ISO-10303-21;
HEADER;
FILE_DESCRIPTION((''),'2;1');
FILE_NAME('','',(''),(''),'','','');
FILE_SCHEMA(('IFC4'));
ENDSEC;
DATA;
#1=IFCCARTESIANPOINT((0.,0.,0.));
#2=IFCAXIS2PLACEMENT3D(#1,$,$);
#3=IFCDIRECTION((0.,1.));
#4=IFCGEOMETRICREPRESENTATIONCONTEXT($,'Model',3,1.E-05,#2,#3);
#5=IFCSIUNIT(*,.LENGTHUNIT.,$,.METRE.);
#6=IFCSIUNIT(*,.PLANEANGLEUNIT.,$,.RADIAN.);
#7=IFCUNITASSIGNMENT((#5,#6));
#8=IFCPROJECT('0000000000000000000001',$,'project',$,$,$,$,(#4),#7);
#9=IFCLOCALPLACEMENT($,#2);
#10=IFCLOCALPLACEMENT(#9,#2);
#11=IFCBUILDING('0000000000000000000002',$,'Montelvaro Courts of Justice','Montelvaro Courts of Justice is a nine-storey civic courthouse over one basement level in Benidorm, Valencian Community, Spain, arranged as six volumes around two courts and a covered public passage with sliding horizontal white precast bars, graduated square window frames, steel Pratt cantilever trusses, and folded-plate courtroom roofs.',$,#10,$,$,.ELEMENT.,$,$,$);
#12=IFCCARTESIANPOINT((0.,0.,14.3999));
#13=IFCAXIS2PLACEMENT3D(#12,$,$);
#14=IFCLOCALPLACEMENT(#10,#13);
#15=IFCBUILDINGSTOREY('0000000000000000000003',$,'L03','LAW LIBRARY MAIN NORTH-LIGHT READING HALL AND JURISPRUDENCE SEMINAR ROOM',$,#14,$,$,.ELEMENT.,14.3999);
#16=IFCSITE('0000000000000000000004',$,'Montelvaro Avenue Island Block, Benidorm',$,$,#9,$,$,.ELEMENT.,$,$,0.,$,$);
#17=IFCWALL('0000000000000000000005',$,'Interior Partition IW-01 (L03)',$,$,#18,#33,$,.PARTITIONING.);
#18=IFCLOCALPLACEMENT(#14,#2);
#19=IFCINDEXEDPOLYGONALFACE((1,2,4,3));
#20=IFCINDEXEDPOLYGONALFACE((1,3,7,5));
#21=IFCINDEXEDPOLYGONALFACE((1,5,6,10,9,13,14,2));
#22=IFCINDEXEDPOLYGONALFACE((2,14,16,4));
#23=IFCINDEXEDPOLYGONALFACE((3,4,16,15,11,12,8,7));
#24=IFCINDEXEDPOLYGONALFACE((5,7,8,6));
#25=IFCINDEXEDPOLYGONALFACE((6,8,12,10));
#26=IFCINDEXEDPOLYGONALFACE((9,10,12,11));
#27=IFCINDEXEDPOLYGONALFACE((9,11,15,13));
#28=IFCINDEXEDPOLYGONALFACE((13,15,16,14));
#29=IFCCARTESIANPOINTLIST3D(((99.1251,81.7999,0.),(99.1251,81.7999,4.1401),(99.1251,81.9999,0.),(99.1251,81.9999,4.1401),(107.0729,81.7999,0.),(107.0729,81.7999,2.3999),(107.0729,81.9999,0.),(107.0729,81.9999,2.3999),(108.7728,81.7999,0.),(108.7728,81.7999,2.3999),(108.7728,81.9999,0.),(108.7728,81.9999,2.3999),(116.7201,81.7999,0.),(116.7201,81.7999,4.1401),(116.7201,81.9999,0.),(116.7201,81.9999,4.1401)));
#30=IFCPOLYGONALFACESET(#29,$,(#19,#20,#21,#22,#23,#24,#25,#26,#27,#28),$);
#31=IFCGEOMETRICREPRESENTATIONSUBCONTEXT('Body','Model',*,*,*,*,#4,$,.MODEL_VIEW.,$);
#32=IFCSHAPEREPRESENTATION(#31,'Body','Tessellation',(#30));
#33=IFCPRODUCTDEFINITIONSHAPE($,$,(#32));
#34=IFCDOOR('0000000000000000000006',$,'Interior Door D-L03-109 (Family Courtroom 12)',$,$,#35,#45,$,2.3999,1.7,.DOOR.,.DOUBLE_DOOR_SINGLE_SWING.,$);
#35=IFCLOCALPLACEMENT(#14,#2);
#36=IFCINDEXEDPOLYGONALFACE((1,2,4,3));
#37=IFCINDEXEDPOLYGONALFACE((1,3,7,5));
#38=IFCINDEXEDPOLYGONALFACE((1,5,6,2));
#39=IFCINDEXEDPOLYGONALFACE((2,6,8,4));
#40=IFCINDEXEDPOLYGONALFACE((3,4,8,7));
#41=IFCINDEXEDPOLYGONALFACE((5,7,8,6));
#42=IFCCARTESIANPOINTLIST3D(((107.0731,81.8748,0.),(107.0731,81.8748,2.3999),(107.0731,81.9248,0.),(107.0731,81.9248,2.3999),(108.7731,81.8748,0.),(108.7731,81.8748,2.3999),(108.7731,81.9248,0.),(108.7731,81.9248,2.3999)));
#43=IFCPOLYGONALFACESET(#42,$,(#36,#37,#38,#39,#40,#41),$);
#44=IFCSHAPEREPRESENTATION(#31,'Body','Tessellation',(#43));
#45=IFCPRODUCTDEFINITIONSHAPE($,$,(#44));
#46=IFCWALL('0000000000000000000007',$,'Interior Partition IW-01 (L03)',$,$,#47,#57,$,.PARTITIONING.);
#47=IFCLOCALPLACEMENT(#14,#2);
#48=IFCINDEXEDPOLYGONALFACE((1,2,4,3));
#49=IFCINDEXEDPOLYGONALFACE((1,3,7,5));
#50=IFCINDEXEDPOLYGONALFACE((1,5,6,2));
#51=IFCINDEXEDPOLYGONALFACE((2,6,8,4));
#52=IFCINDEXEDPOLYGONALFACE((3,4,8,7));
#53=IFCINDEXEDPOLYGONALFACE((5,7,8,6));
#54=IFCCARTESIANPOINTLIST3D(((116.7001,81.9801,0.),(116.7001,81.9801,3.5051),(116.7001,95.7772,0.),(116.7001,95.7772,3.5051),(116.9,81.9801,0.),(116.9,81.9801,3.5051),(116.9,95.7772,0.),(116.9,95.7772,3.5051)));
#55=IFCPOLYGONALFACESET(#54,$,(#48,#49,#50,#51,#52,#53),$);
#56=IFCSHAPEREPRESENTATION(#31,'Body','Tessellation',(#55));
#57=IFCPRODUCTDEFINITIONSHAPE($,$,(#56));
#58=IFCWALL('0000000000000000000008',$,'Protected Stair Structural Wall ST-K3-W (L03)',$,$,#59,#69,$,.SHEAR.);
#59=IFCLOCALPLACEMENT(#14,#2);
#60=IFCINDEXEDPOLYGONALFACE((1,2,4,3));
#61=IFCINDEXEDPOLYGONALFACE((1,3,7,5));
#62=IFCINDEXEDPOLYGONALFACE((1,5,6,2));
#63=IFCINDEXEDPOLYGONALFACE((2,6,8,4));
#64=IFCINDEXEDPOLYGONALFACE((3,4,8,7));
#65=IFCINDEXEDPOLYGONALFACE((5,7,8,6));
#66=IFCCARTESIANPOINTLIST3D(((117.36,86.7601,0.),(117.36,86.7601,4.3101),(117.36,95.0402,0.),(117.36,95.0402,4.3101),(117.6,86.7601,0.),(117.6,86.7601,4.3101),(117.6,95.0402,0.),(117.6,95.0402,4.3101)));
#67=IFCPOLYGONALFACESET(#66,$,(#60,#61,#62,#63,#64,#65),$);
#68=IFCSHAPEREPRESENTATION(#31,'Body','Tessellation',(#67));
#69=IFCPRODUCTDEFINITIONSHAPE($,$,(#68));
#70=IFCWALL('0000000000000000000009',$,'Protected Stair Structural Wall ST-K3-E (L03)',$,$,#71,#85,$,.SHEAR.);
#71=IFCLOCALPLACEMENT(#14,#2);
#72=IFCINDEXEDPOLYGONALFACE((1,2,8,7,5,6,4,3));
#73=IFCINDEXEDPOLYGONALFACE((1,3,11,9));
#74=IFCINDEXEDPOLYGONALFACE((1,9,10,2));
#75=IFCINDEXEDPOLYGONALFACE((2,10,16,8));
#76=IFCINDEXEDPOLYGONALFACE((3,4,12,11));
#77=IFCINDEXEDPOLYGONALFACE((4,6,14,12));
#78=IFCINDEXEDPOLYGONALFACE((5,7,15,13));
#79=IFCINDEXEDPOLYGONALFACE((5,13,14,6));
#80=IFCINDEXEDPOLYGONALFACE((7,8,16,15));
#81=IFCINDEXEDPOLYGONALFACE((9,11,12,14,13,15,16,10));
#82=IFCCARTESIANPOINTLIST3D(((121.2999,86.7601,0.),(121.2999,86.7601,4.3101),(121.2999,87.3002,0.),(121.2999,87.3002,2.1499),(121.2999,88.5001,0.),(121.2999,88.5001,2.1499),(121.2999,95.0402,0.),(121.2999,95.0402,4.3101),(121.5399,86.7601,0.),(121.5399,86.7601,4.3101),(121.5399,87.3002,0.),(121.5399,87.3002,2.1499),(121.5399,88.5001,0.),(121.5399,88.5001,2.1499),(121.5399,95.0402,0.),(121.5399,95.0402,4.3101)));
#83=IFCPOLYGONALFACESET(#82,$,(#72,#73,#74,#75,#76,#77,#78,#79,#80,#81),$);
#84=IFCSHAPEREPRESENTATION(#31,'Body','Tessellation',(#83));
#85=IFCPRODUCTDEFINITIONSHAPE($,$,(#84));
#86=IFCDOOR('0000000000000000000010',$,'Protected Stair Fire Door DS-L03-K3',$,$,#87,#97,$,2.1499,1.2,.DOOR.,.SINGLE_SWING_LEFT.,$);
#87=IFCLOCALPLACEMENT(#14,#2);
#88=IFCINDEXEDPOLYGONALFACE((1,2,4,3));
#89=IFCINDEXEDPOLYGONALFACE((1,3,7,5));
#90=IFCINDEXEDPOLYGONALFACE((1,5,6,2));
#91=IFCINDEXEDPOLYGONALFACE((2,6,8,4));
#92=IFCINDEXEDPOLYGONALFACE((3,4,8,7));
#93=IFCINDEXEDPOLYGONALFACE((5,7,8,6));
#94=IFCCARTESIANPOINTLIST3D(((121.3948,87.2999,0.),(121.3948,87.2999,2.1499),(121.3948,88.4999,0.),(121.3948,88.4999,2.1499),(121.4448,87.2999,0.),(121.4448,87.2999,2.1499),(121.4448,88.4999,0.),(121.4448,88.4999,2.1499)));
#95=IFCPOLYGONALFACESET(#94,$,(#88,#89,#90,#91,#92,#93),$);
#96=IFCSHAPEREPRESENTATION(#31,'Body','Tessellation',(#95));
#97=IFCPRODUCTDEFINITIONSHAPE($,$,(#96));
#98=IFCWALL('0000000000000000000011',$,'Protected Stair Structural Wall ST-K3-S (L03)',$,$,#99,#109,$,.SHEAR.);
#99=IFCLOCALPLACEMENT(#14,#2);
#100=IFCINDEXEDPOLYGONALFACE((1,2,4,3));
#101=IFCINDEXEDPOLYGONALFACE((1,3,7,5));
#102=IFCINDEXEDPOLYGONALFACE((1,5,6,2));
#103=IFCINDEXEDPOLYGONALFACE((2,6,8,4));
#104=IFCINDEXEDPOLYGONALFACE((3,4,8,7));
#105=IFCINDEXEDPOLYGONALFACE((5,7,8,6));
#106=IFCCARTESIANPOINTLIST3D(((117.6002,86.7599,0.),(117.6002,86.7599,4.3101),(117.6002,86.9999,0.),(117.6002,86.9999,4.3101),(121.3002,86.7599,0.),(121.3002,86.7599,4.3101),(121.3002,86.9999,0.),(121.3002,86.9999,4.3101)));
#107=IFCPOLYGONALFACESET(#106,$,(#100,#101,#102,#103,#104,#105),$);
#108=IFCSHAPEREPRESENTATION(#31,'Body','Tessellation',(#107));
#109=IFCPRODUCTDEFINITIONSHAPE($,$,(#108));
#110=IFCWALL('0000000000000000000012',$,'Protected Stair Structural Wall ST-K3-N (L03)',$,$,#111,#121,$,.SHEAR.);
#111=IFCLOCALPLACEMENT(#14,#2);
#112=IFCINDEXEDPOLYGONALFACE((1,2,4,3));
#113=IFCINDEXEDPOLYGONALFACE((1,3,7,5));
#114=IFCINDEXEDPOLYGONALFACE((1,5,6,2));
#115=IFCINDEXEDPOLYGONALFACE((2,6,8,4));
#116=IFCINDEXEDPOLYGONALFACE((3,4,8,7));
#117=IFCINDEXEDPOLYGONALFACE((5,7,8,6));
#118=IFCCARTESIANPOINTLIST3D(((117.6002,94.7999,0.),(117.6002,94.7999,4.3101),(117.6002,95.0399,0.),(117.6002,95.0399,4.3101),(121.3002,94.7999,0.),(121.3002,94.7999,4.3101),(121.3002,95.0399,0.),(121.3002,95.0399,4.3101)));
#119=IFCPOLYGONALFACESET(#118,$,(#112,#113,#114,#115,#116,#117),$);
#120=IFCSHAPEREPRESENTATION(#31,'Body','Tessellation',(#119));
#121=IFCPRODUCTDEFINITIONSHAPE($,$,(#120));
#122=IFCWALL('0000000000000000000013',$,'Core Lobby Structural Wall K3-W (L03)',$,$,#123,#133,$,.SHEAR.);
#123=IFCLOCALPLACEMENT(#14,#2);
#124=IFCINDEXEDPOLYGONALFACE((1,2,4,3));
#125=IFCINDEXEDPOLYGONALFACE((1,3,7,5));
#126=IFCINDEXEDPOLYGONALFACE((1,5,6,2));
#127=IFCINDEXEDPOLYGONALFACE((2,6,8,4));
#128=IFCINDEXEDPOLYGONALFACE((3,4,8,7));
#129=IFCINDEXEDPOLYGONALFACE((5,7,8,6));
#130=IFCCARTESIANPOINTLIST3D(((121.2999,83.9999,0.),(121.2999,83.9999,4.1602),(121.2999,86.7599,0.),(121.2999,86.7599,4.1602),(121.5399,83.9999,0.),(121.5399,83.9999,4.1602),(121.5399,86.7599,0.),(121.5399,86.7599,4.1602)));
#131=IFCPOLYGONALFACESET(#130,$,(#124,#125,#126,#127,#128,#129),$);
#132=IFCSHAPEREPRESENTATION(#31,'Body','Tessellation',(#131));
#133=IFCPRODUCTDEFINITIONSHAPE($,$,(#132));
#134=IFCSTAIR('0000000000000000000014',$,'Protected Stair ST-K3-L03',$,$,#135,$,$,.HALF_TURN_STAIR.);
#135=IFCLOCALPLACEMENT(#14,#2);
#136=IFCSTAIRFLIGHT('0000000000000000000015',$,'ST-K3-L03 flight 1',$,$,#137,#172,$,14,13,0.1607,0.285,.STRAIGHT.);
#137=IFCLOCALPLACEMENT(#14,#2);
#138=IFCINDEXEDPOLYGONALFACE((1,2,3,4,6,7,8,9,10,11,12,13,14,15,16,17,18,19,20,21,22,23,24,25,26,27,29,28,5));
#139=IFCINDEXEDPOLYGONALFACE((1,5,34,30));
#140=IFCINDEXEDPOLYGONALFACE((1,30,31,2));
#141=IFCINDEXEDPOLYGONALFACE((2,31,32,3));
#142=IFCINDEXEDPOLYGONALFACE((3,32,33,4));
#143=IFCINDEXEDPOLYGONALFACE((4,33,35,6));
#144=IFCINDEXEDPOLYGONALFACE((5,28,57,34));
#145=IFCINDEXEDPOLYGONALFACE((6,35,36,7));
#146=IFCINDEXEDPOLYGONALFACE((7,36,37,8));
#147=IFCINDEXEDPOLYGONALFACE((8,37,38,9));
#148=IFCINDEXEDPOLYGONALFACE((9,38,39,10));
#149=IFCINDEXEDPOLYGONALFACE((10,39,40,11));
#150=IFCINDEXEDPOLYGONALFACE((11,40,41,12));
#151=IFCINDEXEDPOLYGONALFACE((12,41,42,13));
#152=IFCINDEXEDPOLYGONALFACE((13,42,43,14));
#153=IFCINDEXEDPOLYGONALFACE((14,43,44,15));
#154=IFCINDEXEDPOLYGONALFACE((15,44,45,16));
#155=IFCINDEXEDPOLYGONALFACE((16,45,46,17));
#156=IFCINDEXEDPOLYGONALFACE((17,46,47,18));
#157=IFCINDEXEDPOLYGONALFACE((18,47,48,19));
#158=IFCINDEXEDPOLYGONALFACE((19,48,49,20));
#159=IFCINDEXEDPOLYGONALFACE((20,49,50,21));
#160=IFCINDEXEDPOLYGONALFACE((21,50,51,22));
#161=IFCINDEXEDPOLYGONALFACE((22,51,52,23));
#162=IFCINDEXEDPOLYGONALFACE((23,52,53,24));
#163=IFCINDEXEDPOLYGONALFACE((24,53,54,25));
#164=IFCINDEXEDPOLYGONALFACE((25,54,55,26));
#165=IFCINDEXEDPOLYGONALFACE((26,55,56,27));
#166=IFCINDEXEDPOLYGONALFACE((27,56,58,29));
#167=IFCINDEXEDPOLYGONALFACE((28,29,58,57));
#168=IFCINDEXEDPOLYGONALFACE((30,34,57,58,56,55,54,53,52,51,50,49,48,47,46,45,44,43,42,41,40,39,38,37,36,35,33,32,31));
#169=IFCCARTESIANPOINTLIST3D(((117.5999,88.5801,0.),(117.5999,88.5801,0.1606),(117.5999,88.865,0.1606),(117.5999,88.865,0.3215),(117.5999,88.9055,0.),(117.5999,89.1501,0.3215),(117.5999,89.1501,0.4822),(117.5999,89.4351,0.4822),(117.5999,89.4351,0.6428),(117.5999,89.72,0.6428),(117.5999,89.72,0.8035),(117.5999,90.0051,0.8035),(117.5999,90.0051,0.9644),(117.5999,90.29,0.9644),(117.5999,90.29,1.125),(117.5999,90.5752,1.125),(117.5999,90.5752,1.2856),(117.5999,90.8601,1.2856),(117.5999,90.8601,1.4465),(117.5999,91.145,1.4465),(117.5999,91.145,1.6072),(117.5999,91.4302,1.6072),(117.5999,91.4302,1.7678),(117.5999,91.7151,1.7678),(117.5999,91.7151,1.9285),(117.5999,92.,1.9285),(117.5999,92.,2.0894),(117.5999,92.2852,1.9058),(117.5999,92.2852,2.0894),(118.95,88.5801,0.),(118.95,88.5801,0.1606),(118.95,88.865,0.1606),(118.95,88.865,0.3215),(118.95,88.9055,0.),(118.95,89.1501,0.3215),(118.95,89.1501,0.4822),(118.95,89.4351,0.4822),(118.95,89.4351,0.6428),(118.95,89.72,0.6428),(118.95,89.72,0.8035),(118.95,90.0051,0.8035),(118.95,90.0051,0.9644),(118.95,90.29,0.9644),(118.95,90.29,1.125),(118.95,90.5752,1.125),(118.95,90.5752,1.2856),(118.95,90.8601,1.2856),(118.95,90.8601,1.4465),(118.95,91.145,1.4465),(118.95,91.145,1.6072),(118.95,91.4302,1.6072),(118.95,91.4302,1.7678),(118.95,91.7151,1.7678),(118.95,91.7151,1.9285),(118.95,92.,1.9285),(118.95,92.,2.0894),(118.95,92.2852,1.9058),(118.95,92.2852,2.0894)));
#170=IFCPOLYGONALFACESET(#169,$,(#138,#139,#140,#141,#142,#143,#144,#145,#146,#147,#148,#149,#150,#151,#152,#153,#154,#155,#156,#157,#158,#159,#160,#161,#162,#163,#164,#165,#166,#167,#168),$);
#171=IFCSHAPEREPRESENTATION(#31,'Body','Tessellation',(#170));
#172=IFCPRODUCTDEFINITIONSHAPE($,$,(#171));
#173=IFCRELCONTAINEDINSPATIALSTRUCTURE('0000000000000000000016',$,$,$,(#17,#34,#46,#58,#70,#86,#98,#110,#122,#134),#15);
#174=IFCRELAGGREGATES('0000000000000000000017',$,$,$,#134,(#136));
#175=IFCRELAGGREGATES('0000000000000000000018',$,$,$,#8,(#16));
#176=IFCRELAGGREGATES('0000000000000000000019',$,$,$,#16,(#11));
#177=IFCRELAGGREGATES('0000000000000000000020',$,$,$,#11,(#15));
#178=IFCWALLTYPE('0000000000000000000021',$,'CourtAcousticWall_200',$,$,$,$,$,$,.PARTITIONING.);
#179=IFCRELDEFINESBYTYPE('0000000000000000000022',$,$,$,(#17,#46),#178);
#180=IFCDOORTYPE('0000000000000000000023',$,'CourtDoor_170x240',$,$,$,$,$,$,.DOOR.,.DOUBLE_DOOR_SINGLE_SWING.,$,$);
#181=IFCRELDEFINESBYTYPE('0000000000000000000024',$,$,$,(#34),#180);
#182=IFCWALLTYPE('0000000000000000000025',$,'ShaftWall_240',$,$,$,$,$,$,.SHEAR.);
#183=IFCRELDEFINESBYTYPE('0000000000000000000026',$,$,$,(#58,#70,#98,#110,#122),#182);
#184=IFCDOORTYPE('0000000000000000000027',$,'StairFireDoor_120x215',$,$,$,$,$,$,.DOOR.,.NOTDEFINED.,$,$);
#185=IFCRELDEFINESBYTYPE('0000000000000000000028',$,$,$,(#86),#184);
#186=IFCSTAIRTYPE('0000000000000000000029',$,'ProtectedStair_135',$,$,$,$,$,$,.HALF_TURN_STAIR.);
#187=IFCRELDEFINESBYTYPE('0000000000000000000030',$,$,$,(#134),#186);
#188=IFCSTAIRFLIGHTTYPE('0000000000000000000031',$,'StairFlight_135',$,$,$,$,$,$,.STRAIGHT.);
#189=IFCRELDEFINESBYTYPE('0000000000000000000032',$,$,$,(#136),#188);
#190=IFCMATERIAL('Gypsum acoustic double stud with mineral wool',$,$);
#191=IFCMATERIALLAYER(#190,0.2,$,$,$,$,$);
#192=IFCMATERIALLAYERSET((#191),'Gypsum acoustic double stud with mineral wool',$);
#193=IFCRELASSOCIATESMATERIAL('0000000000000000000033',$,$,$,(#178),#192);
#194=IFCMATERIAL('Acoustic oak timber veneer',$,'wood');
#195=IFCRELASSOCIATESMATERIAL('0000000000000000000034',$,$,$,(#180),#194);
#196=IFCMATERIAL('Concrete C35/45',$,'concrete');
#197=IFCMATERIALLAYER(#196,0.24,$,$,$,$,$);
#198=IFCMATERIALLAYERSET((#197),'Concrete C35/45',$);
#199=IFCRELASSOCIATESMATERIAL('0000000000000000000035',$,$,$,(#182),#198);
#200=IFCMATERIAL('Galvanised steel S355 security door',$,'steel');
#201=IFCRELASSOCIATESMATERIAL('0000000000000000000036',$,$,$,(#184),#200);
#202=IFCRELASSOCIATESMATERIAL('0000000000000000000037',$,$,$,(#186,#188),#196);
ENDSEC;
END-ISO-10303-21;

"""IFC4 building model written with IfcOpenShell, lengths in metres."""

from ifc_helpers import new_model, si_unit, direction, frame, frame_2d, origin, place, context, subcontext, project, spatial, polyline, rectangle, outline, extrude, material, layer, layer_set, type_object, element, fill, aggregate, save


model = new_model("IFC4")

# Units and contexts
model_context = context("Model", 3, precision=1e-05, world=origin(), true_north=direction((0.0, 1.0)))
body_context = subcontext(model_context, "Body", "Model", "MODEL_VIEW")
ifc_project = project(units=[si_unit("LENGTHUNIT", "METRE"), si_unit("PLANEANGLEUNIT", "RADIAN")], contexts=[model_context])

# Site, building, storey
site_placement = place(None, origin())
site = spatial("IfcSite", under=ifc_project, at=site_placement, Name="Montelvaro Avenue Island Block, Benidorm", CompositionType="ELEMENT", RefElevation=0.0)
building_placement = place(site_placement, origin())
building = spatial("IfcBuilding", under=site, at=building_placement, Name="Montelvaro Courts of Justice", Description="Montelvaro Courts of Justice is a nine-storey civic courthouse over one basement level in Benidorm, Valencian Community, Spain, arranged as six volumes around two courts and a covered public passage with sliding horizontal white precast bars, graduated square window frames, steel Pratt cantilever trusses, and folded-plate courtroom roofs.", CompositionType="ELEMENT")
storey_placement = place(building_placement, frame((0.0, 0.0, 14.3999)))
storey = spatial("IfcBuildingStorey", under=building, at=storey_placement, Name="L03", Description="LAW LIBRARY MAIN NORTH-LIGHT READING HALL AND JURISPRUDENCE SEMINAR ROOM", CompositionType="ELEMENT", Elevation=14.3999)

# Wall, opening, door
ifc_material_1 = material(Name="Gypsum acoustic double stud with mineral wool")
ifc_layer_1 = layer(ifc_material_1, 0.2)
ifc_layer_set_1 = layer_set([ifc_layer_1], Name="Gypsum acoustic double stud with mineral wool")
wall_type_1 = type_object("IfcWallType", Name="CourtAcousticWall_200", PredefinedType="PARTITIONING", material=ifc_layer_set_1)
wall_1_placement = place(storey_placement, frame((116.72, 81.8999, 0.0), z_axis=(0.0, 0.0, 1.0), x_axis=(-1.0, 0.0, 0.0)))
wall_1 = element("IfcWall", 1, at=wall_1_placement, inside=storey, type_object=wall_type_1, Name="Interior Partition IW-01 (L03)", PredefinedType="PARTITIONING", context=body_context, shape_type="SweptSolid", body=[
    extrude(rectangle(XDim=17.595, YDim=0.2, at=frame_2d((8.7974, 0.0))), origin(), (0.0, 0.0, 1.0), 4.1401),
])
opening_1_placement = place(wall_1_placement, frame((7.947, 0.0, 0.0)))
opening_1 = element("IfcOpeningElement", 2, at=opening_1_placement, cuts=wall_1, PredefinedType="OPENING", context=body_context, shape_type="SweptSolid", body=[
    extrude(rectangle(XDim=1.7, YDim=2.3999, at=frame_2d((0.8501, 1.2))), frame((0.0, 0.1147, 0.0), z_axis=(0.0, -1.0, 0.0), x_axis=(1.0, 0.0, 0.0)), (0.0, 0.0, 1.0), 0.2297),
])
ifc_material_2 = material(Name="Acoustic oak timber veneer", Category="wood")
door_type_1 = type_object("IfcDoorType", Name="CourtDoor_170x240", OperationType="DOUBLE_DOOR_SINGLE_SWING", PredefinedType="DOOR", material=ifc_material_2)
door_1_placement = place(opening_1_placement, frame((1.7, 0.0, 0.0), z_axis=(0.0, 0.0, 1.0), x_axis=(-1.0, 0.0, 0.0)))
door_1 = element("IfcDoor", 3, at=door_1_placement, inside=storey, type_object=door_type_1, Name="Interior Door D-L03-109 (Family Courtroom 12)", OperationType="DOUBLE_DOOR_SINGLE_SWING", OverallHeight=2.3999, OverallWidth=1.7, PredefinedType="DOOR", context=body_context, shape_type="SweptSolid", body=[
    extrude(rectangle(XDim=1.7, YDim=2.3999, at=frame_2d((0.8501, 1.2))), frame((0.0, 0.0249, 0.0), z_axis=(0.0, -1.0, 0.0), x_axis=(1.0, 0.0, 0.0)), (0.0, 0.0, 1.0), 0.05),
])
fill(opening_1, door_1)

# Walls
wall_2_placement = place(storey_placement, frame((116.8, 95.7771, 0.0), z_axis=(0.0, 0.0, 1.0), x_axis=(0.0, -1.0, 0.0)))
element("IfcWall", 4, at=wall_2_placement, inside=storey, type_object=wall_type_1, Name="Interior Partition IW-01 (L03)", PredefinedType="PARTITIONING", context=body_context, shape_type="SweptSolid", body=[
    extrude(rectangle(XDim=13.7971, YDim=0.2, at=frame_2d((6.8984, 0.0))), origin(), (0.0, 0.0, 1.0), 3.5051),
])
ifc_material_3 = material(Name="Concrete C35/45", Category="concrete")
ifc_layer_2 = layer(ifc_material_3, 0.24)
ifc_layer_set_2 = layer_set([ifc_layer_2], Name="Concrete C35/45")
wall_type_2 = type_object("IfcWallType", Name="ShaftWall_240", PredefinedType="SHEAR", material=ifc_layer_set_2)
wall_3_placement = place(storey_placement, frame((117.48, 86.76, 0.0), z_axis=(0.0, 0.0, 1.0), x_axis=(0.0, 1.0, 0.0)))
element("IfcWall", 5, at=wall_3_placement, inside=storey, type_object=wall_type_2, Name="Protected Stair Structural Wall ST-K3-W (L03)", PredefinedType="SHEAR", context=body_context, shape_type="SweptSolid", body=[
    extrude(rectangle(XDim=8.28, YDim=0.24, at=frame_2d((4.1401, 0.0))), origin(), (0.0, 0.0, 1.0), 4.3101),
])

# Wall, opening, door
wall_4_placement = place(storey_placement, frame((121.4199, 86.76, 0.0), z_axis=(0.0, 0.0, 1.0), x_axis=(0.0, 1.0, 0.0)))
wall_4 = element("IfcWall", 6, at=wall_4_placement, inside=storey, type_object=wall_type_2, Name="Protected Stair Structural Wall ST-K3-E (L03)", PredefinedType="SHEAR", context=body_context, shape_type="SweptSolid", body=[
    extrude(rectangle(XDim=8.28, YDim=0.24, at=frame_2d((4.1401, 0.0))), origin(), (0.0, 0.0, 1.0), 4.3101),
])
opening_2_placement = place(wall_4_placement, frame((0.54, 0.0, 0.0)))
opening_2 = element("IfcOpeningElement", 7, at=opening_2_placement, cuts=wall_4, PredefinedType="OPENING", context=body_context, shape_type="SweptSolid", body=[
    extrude(rectangle(XDim=1.2, YDim=2.1499, at=frame_2d((0.6001, 1.075))), frame((0.0, 0.1348, 0.0), z_axis=(0.0, -1.0, 0.0), x_axis=(1.0, 0.0, 0.0)), (0.0, 0.0, 1.0), 0.2698),
])
ifc_material_4 = material(Name="Galvanised steel S355 security door", Category="steel")
door_type_2 = type_object("IfcDoorType", Name="StairFireDoor_120x215", OperationType="NOTDEFINED", PredefinedType="DOOR", material=ifc_material_4)
door_2_placement = place(opening_2_placement, frame((1.2, 0.0, 0.0), z_axis=(0.0, 0.0, 1.0), x_axis=(-1.0, 0.0, 0.0)))
door_2 = element("IfcDoor", 8, at=door_2_placement, inside=storey, type_object=door_type_2, Name="Protected Stair Fire Door DS-L03-K3", OperationType="SINGLE_SWING_LEFT", OverallHeight=2.1499, OverallWidth=1.2, PredefinedType="DOOR", context=body_context, shape_type="SweptSolid", body=[
    extrude(rectangle(XDim=1.2, YDim=2.1499, at=frame_2d((0.6001, 1.075))), frame((0.0, 0.0249, 0.0), z_axis=(0.0, -1.0, 0.0), x_axis=(1.0, 0.0, 0.0)), (0.0, 0.0, 1.0), 0.05),
])
fill(opening_2, door_2)

# Walls
for number, where, z_axis, x_axis, name in (
    (9, (117.6001, 86.8799, 0.0), (0.0, 0.0, 1.0), (1.0, 0.0, 0.0), "Protected Stair Structural Wall ST-K3-S (L03)"),
    (10, (117.6001, 94.9199, 0.0), (0.0, 0.0, 1.0), (1.0, 0.0, 0.0), "Protected Stair Structural Wall ST-K3-N (L03)"),
):
    element("IfcWall", number, at=place(storey_placement, frame(where, z_axis=z_axis, x_axis=x_axis)), inside=storey, type_object=wall_type_2, Name=name, PredefinedType="SHEAR", context=body_context, shape_type="SweptSolid", body=[
        extrude(rectangle(XDim=3.7, YDim=0.24, at=frame_2d((1.8501, 0.0))), origin(), (0.0, 0.0, 1.0), 4.3101),
    ])
wall_5_placement = place(storey_placement, frame((121.4199, 84.0, 0.0), z_axis=(0.0, 0.0, 1.0), x_axis=(0.0, 1.0, 0.0)))
element("IfcWall", 11, at=wall_5_placement, inside=storey, type_object=wall_type_2, Name="Core Lobby Structural Wall K3-W (L03)", PredefinedType="SHEAR", context=body_context, shape_type="SweptSolid", body=[
    extrude(rectangle(XDim=2.76, YDim=0.24, at=frame_2d((1.3799, 0.0))), origin(), (0.0, 0.0, 1.0), 4.1602),
])

# Stair, stair flight
stair_type = type_object("IfcStairType", Name="ProtectedStair_135", PredefinedType="HALF_TURN_STAIR", material=ifc_material_3)
stair_placement = place(storey_placement, origin())
stair = element("IfcStair", 12, at=stair_placement, inside=storey, type_object=stair_type, Name="Protected Stair ST-K3-L03", PredefinedType="HALF_TURN_STAIR")
stair_flight_type = type_object("IfcStairFlightType", Name="StairFlight_135", PredefinedType="STRAIGHT", material=ifc_material_3)
stair_flight_1_placement = place(storey_placement, frame((118.2749, 88.5801, 0.0), z_axis=(0.0, 0.0, 1.0), x_axis=(0.0, 1.0, 0.0)))
stair_flight_1 = element("IfcStairFlight", 13, at=stair_flight_1_placement, type_object=stair_flight_type, Name="ST-K3-L03 flight 1", NumberOfRisers=14, NumberOfTreads=13, PredefinedType="STRAIGHT", RiserHeight=0.1607, TreadLength=0.285, context=body_context, shape_type="SweptSolid", body=[
    extrude(outline(polyline([(0.0, 0.0), (0.0, 0.1606), (0.2849, 0.1606), (0.2849, 0.3215), (0.5701, 0.3215), (0.5701, 0.4822), (0.855, 0.4822), (0.855, 0.6428), (1.1399, 0.6428), (1.1399, 0.8035), (1.425, 0.8035), (1.425, 0.9644), (1.71, 0.9644), (1.71, 1.125), (1.9951, 1.125), (1.9951, 1.2856), (2.28, 1.2856), (2.28, 1.4465), (2.5649, 1.4465), (2.5649, 1.6072), (2.8501, 1.6072), (2.8501, 1.7678), (3.135, 1.7678), (3.135, 1.9285), (3.4199, 1.9285), (3.4199, 2.0894), (3.7051, 2.0894), (3.7051, 2.25), (3.7051, 1.9058), (0.3254, 0.0), (0.0, 0.0)])), frame((0.0, 0.675, 0.0), z_axis=(0.0, -1.0, 0.0), x_axis=(1.0, 0.0, 0.0)), (0.0, 0.0, 1.0), 1.3501),
])
aggregate(stair, [stair_flight_1])

save(model, "model.ifc")
